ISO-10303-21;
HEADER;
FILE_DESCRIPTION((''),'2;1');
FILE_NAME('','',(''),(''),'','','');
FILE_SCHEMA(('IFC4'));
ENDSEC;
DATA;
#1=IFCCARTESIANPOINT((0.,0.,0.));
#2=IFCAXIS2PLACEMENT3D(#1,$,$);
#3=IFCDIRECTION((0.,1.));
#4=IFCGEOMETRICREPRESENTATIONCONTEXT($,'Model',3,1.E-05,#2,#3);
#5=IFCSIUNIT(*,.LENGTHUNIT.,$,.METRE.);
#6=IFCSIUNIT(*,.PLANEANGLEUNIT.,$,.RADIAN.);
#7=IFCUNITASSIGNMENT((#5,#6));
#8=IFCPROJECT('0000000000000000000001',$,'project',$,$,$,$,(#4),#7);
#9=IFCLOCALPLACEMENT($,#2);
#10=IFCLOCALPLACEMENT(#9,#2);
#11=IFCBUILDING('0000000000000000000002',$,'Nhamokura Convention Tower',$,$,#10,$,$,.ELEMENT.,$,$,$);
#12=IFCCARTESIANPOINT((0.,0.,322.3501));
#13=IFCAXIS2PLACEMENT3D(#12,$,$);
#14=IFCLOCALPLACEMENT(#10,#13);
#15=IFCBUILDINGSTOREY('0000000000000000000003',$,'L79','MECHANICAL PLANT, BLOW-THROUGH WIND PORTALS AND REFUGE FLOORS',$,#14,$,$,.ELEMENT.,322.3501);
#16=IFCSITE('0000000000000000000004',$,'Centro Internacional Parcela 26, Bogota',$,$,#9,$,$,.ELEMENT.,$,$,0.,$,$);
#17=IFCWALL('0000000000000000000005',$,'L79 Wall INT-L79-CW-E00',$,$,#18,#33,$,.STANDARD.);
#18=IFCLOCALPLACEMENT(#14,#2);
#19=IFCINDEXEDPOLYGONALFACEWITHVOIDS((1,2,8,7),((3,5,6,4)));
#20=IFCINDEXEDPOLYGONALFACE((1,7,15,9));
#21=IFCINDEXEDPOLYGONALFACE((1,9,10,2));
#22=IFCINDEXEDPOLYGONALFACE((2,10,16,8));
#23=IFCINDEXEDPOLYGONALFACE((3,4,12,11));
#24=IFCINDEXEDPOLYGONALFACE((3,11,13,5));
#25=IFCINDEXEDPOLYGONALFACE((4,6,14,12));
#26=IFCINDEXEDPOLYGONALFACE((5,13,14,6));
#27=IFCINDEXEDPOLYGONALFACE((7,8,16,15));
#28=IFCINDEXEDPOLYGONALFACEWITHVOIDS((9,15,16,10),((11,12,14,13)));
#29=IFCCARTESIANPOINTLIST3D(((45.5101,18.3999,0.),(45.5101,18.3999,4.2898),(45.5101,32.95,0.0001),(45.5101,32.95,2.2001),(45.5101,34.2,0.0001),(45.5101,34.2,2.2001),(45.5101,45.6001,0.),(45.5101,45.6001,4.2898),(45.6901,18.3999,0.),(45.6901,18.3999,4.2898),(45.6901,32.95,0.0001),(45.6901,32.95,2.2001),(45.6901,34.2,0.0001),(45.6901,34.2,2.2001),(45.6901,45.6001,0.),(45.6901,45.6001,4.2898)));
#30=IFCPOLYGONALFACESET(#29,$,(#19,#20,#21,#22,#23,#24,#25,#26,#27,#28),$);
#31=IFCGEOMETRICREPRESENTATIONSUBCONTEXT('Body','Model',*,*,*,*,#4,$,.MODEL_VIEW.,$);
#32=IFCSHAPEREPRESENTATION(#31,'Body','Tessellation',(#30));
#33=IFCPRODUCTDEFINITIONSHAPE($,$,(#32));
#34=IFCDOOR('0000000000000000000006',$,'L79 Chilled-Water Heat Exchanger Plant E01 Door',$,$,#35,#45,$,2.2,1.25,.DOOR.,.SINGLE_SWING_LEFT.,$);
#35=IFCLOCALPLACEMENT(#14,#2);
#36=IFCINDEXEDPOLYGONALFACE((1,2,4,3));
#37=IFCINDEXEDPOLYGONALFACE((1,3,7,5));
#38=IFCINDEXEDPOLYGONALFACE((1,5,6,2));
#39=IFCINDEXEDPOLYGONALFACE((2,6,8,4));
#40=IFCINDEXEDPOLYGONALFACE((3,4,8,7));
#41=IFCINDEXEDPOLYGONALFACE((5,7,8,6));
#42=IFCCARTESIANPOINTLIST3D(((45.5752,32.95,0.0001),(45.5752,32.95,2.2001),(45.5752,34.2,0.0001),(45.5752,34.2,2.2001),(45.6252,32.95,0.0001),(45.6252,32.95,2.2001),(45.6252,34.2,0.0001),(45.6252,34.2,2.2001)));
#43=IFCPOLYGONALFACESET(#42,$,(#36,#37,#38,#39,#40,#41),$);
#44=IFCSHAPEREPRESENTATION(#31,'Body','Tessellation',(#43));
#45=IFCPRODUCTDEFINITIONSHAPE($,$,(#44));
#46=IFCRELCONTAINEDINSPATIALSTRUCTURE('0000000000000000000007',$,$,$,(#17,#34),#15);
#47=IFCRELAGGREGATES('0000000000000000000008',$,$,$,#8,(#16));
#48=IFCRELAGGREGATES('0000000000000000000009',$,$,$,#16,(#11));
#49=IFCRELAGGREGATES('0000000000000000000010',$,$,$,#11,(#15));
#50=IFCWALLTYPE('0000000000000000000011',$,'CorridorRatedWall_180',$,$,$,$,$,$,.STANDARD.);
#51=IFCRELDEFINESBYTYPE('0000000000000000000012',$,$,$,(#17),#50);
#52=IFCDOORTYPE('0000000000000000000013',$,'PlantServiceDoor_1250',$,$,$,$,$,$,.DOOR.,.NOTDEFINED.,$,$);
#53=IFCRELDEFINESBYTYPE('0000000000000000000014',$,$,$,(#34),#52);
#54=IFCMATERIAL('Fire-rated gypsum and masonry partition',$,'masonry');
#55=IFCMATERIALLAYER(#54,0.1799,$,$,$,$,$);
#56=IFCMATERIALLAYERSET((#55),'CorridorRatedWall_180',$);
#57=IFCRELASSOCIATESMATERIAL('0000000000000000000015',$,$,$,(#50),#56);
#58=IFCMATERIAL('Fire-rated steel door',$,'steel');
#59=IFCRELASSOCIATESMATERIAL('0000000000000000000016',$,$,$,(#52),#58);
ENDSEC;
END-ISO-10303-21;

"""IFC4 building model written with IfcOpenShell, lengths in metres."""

from ifc_helpers import new_model, si_unit, direction, frame, frame_2d, origin, place, context, subcontext, project, spatial, rectangle, extrude, material, layer, layer_set, type_object, element, fill, save


model = new_model("IFC4")

# Units and contexts
model_context = context("Model", 3, precision=1e-05, world=origin(), true_north=direction((0.0, 1.0)))
body_context = subcontext(model_context, "Body", "Model", "MODEL_VIEW")
ifc_project = project(units=[si_unit("LENGTHUNIT", "METRE"), si_unit("PLANEANGLEUNIT", "RADIAN")], contexts=[model_context])

# Site, building, storey
site_placement = place(None, origin())
site = spatial("IfcSite", under=ifc_project, at=site_placement, Name="Centro Internacional Parcela 26, Bogota", CompositionType="ELEMENT", RefElevation=0.0)
building_placement = place(site_placement, origin())
building = spatial("IfcBuilding", under=site, at=building_placement, Name="Nhamokura Convention Tower", CompositionType="ELEMENT")
storey_placement = place(building_placement, frame((0.0, 0.0, 322.3501)))
storey = spatial("IfcBuildingStorey", under=building, at=storey_placement, Name="L79", Description="MECHANICAL PLANT, BLOW-THROUGH WIND PORTALS AND REFUGE FLOORS", CompositionType="ELEMENT", Elevation=322.3501)

# Wall, opening, door
ifc_material_1 = material(Name="Fire-rated gypsum and masonry partition", Category="masonry")
ifc_layer_1 = layer(ifc_material_1, 0.1799)
ifc_layer_set_1 = layer_set([ifc_layer_1], Name="CorridorRatedWall_180")
wall_type_1 = type_object("IfcWallType", Name="CorridorRatedWall_180", PredefinedType="STANDARD", material=ifc_layer_set_1)
wall_1_placement = place(storey_placement, frame((45.6001, 18.3999, 0.0), z_axis=(0.0, 0.0, 1.0), x_axis=(0.0, 1.0, 0.0)))
wall_1 = element("IfcWall", 1, at=wall_1_placement, inside=storey, type_object=wall_type_1, Name="L79 Wall INT-L79-CW-E00", PredefinedType="STANDARD", context=body_context, shape_type="SweptSolid", body=[
    extrude(rectangle(XDim=27.2002, YDim=0.1799, at=frame_2d((13.6001, 0.0))), origin(), (0.0, 0.0, 1.0), 4.2898),
])
opening_1_placement = place(wall_1_placement, frame((14.55, 0.0, 0.0)))
opening_1 = element("IfcOpeningElement", 2, at=opening_1_placement, cuts=wall_1, PredefinedType="OPENING", context=body_context, shape_type="SweptSolid", body=[
    extrude(rectangle(XDim=1.25, YDim=2.2, at=frame_2d((0.625, 1.1001))), frame((0.0, 0.0999, 0.0), z_axis=(0.0, -1.0, 0.0), x_axis=(1.0, 0.0, 0.0)), (0.0, 0.0, 1.0), 0.2),
])
ifc_material_2 = material(Name="Fire-rated steel door", Category="steel")
door_type_1 = type_object("IfcDoorType", Name="PlantServiceDoor_1250", OperationType="NOTDEFINED", PredefinedType="DOOR", material=ifc_material_2)
door_1_placement = place(opening_1_placement, origin())
door_1 = element("IfcDoor", 3, at=door_1_placement, inside=storey, type_object=door_type_1, Name="L79 Chilled-Water Heat Exchanger Plant E01 Door", OperationType="SINGLE_SWING_LEFT", OverallHeight=2.2, OverallWidth=1.25, PredefinedType="DOOR", context=body_context, shape_type="SweptSolid", body=[
    extrude(rectangle(XDim=1.25, YDim=2.2, at=frame_2d((0.625, 1.1001))), frame((0.0, 0.0249, 0.0), z_axis=(0.0, -1.0, 0.0), x_axis=(1.0, 0.0, 0.0)), (0.0, 0.0, 1.0), 0.05),
])
fill(opening_1, door_1)

save(model, "model.ifc")
